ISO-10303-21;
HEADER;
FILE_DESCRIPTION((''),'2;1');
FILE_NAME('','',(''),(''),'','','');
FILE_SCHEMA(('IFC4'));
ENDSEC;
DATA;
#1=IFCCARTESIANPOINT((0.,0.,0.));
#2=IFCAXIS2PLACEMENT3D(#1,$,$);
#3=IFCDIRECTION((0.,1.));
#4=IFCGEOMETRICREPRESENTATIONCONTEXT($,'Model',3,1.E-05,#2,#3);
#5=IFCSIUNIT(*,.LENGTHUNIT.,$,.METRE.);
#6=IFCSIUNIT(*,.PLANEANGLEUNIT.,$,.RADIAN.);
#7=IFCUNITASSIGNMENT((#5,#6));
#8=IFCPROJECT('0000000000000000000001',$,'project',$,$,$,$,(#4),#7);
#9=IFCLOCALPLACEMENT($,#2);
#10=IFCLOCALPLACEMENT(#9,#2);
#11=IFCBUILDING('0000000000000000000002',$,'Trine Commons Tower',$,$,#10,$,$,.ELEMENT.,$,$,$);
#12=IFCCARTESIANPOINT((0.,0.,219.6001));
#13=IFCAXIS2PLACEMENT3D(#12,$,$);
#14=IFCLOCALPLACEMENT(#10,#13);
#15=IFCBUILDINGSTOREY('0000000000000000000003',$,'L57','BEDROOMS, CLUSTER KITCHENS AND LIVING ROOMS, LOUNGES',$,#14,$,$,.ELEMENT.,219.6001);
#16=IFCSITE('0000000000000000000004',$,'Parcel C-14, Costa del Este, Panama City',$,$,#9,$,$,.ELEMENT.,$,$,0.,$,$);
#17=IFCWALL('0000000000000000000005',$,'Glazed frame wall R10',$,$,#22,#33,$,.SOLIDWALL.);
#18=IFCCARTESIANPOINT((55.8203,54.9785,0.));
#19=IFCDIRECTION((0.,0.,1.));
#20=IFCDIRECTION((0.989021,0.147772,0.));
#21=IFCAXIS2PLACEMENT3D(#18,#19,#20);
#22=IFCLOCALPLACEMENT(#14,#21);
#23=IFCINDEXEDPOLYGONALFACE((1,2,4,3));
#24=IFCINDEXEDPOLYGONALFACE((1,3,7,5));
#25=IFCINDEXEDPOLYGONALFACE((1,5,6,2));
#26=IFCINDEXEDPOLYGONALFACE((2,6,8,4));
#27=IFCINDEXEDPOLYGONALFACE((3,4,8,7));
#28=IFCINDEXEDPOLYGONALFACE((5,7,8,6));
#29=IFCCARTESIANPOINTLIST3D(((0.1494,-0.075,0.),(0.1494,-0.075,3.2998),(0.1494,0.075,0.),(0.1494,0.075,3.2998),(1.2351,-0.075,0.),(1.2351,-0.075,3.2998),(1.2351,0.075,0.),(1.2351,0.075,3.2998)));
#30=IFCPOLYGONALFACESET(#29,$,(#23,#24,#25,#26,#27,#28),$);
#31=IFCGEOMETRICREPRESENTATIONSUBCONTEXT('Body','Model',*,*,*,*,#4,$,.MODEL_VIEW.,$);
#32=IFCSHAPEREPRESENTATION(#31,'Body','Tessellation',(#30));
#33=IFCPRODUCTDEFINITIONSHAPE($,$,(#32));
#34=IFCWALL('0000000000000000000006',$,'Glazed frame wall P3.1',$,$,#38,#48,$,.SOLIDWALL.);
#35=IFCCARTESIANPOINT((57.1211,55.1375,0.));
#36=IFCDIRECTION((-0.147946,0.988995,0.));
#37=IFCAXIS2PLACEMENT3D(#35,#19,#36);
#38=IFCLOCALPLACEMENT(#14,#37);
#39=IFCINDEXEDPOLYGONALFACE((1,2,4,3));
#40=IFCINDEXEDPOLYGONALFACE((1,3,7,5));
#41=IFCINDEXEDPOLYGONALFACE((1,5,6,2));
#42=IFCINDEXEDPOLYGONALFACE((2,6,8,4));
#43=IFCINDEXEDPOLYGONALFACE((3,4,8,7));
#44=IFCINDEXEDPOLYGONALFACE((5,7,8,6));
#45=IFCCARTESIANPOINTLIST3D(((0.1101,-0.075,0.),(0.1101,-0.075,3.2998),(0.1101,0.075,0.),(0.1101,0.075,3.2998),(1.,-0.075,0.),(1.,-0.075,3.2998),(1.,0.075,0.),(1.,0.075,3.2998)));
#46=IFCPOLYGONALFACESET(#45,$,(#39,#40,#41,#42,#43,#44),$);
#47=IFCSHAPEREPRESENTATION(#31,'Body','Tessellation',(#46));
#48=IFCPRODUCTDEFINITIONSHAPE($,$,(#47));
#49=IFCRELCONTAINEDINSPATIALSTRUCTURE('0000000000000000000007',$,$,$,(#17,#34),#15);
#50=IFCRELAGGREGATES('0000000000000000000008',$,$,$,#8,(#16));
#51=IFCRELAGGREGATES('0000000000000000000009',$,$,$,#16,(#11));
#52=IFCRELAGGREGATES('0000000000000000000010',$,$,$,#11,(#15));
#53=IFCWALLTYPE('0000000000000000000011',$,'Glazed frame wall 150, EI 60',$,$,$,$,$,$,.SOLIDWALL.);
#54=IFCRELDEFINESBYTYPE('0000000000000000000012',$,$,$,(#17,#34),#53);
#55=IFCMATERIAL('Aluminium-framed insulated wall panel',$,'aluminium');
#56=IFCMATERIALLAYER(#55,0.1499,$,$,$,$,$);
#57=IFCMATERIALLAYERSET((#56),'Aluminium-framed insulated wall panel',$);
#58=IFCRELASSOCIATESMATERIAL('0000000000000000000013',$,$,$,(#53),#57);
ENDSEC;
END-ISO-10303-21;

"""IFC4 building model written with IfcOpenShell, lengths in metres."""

from ifc_helpers import new_model, si_unit, direction, frame, origin, place, context, subcontext, project, spatial, polyline, outline, extrude, material, layer, layer_set, type_object, element, save


model = new_model("IFC4")

# Units and contexts
model_context = context("Model", 3, precision=1e-05, world=origin(), true_north=direction((0.0, 1.0)))
body_context = subcontext(model_context, "Body", "Model", "MODEL_VIEW")
ifc_project = project(units=[si_unit("LENGTHUNIT", "METRE"), si_unit("PLANEANGLEUNIT", "RADIAN")], contexts=[model_context])

# Site, building, storey
site_placement = place(None, origin())
site = spatial("IfcSite", under=ifc_project, at=site_placement, Name="Parcel C-14, Costa del Este, Panama City", CompositionType="ELEMENT", RefElevation=0.0)
building_placement = place(site_placement, origin())
building = spatial("IfcBuilding", under=site, at=building_placement, Name="Trine Commons Tower", CompositionType="ELEMENT")
storey_placement = place(building_placement, frame((0.0, 0.0, 219.6001)))
storey = spatial("IfcBuildingStorey", under=building, at=storey_placement, Name="L57", Description="BEDROOMS, CLUSTER KITCHENS AND LIVING ROOMS, LOUNGES", CompositionType="ELEMENT", Elevation=219.6001)

# Walls
ifc_material_1 = material(Name="Aluminium-framed insulated wall panel", Category="aluminium")
ifc_layer_1 = layer(ifc_material_1, 0.1499)
ifc_layer_set_1 = layer_set([ifc_layer_1], Name="Aluminium-framed insulated wall panel")
wall_type_1 = type_object("IfcWallType", Name="Glazed frame wall 150, EI 60", PredefinedType="SOLIDWALL", material=ifc_layer_set_1)
wall_1_placement = place(storey_placement, frame((55.8203, 54.9785, 0.0), z_axis=(0.0, 0.0, 1.0), x_axis=(0.989021, 0.147772, 0.0)))
element("IfcWall", 1, at=wall_1_placement, inside=storey, type_object=wall_type_1, Name="Glazed frame wall R10", PredefinedType="SOLIDWALL", context=body_context, shape_type="SweptSolid", body=[
    extrude(outline(polyline([(0.1494, 0.075), (0.1494, -0.075), (1.2351, -0.075), (1.2351, 0.075), (0.1494, 0.075)])), origin(), (0.0, 0.0, 1.0), 3.2998),
])
wall_2_placement = place(storey_placement, frame((57.1211, 55.1375, 0.0), z_axis=(0.0, 0.0, 1.0), x_axis=(-0.147946, 0.988995, 0.0)))
element("IfcWall", 2, at=wall_2_placement, inside=storey, type_object=wall_type_1, Name="Glazed frame wall P3.1", PredefinedType="SOLIDWALL", context=body_context, shape_type="SweptSolid", body=[
    extrude(outline(polyline([(0.1101, -0.075), (1.0, -0.075), (1.0, 0.075), (0.1101, 0.075), (0.1101, -0.075)])), origin(), (0.0, 0.0, 1.0), 3.2998),
])

save(model, "model.ifc")
